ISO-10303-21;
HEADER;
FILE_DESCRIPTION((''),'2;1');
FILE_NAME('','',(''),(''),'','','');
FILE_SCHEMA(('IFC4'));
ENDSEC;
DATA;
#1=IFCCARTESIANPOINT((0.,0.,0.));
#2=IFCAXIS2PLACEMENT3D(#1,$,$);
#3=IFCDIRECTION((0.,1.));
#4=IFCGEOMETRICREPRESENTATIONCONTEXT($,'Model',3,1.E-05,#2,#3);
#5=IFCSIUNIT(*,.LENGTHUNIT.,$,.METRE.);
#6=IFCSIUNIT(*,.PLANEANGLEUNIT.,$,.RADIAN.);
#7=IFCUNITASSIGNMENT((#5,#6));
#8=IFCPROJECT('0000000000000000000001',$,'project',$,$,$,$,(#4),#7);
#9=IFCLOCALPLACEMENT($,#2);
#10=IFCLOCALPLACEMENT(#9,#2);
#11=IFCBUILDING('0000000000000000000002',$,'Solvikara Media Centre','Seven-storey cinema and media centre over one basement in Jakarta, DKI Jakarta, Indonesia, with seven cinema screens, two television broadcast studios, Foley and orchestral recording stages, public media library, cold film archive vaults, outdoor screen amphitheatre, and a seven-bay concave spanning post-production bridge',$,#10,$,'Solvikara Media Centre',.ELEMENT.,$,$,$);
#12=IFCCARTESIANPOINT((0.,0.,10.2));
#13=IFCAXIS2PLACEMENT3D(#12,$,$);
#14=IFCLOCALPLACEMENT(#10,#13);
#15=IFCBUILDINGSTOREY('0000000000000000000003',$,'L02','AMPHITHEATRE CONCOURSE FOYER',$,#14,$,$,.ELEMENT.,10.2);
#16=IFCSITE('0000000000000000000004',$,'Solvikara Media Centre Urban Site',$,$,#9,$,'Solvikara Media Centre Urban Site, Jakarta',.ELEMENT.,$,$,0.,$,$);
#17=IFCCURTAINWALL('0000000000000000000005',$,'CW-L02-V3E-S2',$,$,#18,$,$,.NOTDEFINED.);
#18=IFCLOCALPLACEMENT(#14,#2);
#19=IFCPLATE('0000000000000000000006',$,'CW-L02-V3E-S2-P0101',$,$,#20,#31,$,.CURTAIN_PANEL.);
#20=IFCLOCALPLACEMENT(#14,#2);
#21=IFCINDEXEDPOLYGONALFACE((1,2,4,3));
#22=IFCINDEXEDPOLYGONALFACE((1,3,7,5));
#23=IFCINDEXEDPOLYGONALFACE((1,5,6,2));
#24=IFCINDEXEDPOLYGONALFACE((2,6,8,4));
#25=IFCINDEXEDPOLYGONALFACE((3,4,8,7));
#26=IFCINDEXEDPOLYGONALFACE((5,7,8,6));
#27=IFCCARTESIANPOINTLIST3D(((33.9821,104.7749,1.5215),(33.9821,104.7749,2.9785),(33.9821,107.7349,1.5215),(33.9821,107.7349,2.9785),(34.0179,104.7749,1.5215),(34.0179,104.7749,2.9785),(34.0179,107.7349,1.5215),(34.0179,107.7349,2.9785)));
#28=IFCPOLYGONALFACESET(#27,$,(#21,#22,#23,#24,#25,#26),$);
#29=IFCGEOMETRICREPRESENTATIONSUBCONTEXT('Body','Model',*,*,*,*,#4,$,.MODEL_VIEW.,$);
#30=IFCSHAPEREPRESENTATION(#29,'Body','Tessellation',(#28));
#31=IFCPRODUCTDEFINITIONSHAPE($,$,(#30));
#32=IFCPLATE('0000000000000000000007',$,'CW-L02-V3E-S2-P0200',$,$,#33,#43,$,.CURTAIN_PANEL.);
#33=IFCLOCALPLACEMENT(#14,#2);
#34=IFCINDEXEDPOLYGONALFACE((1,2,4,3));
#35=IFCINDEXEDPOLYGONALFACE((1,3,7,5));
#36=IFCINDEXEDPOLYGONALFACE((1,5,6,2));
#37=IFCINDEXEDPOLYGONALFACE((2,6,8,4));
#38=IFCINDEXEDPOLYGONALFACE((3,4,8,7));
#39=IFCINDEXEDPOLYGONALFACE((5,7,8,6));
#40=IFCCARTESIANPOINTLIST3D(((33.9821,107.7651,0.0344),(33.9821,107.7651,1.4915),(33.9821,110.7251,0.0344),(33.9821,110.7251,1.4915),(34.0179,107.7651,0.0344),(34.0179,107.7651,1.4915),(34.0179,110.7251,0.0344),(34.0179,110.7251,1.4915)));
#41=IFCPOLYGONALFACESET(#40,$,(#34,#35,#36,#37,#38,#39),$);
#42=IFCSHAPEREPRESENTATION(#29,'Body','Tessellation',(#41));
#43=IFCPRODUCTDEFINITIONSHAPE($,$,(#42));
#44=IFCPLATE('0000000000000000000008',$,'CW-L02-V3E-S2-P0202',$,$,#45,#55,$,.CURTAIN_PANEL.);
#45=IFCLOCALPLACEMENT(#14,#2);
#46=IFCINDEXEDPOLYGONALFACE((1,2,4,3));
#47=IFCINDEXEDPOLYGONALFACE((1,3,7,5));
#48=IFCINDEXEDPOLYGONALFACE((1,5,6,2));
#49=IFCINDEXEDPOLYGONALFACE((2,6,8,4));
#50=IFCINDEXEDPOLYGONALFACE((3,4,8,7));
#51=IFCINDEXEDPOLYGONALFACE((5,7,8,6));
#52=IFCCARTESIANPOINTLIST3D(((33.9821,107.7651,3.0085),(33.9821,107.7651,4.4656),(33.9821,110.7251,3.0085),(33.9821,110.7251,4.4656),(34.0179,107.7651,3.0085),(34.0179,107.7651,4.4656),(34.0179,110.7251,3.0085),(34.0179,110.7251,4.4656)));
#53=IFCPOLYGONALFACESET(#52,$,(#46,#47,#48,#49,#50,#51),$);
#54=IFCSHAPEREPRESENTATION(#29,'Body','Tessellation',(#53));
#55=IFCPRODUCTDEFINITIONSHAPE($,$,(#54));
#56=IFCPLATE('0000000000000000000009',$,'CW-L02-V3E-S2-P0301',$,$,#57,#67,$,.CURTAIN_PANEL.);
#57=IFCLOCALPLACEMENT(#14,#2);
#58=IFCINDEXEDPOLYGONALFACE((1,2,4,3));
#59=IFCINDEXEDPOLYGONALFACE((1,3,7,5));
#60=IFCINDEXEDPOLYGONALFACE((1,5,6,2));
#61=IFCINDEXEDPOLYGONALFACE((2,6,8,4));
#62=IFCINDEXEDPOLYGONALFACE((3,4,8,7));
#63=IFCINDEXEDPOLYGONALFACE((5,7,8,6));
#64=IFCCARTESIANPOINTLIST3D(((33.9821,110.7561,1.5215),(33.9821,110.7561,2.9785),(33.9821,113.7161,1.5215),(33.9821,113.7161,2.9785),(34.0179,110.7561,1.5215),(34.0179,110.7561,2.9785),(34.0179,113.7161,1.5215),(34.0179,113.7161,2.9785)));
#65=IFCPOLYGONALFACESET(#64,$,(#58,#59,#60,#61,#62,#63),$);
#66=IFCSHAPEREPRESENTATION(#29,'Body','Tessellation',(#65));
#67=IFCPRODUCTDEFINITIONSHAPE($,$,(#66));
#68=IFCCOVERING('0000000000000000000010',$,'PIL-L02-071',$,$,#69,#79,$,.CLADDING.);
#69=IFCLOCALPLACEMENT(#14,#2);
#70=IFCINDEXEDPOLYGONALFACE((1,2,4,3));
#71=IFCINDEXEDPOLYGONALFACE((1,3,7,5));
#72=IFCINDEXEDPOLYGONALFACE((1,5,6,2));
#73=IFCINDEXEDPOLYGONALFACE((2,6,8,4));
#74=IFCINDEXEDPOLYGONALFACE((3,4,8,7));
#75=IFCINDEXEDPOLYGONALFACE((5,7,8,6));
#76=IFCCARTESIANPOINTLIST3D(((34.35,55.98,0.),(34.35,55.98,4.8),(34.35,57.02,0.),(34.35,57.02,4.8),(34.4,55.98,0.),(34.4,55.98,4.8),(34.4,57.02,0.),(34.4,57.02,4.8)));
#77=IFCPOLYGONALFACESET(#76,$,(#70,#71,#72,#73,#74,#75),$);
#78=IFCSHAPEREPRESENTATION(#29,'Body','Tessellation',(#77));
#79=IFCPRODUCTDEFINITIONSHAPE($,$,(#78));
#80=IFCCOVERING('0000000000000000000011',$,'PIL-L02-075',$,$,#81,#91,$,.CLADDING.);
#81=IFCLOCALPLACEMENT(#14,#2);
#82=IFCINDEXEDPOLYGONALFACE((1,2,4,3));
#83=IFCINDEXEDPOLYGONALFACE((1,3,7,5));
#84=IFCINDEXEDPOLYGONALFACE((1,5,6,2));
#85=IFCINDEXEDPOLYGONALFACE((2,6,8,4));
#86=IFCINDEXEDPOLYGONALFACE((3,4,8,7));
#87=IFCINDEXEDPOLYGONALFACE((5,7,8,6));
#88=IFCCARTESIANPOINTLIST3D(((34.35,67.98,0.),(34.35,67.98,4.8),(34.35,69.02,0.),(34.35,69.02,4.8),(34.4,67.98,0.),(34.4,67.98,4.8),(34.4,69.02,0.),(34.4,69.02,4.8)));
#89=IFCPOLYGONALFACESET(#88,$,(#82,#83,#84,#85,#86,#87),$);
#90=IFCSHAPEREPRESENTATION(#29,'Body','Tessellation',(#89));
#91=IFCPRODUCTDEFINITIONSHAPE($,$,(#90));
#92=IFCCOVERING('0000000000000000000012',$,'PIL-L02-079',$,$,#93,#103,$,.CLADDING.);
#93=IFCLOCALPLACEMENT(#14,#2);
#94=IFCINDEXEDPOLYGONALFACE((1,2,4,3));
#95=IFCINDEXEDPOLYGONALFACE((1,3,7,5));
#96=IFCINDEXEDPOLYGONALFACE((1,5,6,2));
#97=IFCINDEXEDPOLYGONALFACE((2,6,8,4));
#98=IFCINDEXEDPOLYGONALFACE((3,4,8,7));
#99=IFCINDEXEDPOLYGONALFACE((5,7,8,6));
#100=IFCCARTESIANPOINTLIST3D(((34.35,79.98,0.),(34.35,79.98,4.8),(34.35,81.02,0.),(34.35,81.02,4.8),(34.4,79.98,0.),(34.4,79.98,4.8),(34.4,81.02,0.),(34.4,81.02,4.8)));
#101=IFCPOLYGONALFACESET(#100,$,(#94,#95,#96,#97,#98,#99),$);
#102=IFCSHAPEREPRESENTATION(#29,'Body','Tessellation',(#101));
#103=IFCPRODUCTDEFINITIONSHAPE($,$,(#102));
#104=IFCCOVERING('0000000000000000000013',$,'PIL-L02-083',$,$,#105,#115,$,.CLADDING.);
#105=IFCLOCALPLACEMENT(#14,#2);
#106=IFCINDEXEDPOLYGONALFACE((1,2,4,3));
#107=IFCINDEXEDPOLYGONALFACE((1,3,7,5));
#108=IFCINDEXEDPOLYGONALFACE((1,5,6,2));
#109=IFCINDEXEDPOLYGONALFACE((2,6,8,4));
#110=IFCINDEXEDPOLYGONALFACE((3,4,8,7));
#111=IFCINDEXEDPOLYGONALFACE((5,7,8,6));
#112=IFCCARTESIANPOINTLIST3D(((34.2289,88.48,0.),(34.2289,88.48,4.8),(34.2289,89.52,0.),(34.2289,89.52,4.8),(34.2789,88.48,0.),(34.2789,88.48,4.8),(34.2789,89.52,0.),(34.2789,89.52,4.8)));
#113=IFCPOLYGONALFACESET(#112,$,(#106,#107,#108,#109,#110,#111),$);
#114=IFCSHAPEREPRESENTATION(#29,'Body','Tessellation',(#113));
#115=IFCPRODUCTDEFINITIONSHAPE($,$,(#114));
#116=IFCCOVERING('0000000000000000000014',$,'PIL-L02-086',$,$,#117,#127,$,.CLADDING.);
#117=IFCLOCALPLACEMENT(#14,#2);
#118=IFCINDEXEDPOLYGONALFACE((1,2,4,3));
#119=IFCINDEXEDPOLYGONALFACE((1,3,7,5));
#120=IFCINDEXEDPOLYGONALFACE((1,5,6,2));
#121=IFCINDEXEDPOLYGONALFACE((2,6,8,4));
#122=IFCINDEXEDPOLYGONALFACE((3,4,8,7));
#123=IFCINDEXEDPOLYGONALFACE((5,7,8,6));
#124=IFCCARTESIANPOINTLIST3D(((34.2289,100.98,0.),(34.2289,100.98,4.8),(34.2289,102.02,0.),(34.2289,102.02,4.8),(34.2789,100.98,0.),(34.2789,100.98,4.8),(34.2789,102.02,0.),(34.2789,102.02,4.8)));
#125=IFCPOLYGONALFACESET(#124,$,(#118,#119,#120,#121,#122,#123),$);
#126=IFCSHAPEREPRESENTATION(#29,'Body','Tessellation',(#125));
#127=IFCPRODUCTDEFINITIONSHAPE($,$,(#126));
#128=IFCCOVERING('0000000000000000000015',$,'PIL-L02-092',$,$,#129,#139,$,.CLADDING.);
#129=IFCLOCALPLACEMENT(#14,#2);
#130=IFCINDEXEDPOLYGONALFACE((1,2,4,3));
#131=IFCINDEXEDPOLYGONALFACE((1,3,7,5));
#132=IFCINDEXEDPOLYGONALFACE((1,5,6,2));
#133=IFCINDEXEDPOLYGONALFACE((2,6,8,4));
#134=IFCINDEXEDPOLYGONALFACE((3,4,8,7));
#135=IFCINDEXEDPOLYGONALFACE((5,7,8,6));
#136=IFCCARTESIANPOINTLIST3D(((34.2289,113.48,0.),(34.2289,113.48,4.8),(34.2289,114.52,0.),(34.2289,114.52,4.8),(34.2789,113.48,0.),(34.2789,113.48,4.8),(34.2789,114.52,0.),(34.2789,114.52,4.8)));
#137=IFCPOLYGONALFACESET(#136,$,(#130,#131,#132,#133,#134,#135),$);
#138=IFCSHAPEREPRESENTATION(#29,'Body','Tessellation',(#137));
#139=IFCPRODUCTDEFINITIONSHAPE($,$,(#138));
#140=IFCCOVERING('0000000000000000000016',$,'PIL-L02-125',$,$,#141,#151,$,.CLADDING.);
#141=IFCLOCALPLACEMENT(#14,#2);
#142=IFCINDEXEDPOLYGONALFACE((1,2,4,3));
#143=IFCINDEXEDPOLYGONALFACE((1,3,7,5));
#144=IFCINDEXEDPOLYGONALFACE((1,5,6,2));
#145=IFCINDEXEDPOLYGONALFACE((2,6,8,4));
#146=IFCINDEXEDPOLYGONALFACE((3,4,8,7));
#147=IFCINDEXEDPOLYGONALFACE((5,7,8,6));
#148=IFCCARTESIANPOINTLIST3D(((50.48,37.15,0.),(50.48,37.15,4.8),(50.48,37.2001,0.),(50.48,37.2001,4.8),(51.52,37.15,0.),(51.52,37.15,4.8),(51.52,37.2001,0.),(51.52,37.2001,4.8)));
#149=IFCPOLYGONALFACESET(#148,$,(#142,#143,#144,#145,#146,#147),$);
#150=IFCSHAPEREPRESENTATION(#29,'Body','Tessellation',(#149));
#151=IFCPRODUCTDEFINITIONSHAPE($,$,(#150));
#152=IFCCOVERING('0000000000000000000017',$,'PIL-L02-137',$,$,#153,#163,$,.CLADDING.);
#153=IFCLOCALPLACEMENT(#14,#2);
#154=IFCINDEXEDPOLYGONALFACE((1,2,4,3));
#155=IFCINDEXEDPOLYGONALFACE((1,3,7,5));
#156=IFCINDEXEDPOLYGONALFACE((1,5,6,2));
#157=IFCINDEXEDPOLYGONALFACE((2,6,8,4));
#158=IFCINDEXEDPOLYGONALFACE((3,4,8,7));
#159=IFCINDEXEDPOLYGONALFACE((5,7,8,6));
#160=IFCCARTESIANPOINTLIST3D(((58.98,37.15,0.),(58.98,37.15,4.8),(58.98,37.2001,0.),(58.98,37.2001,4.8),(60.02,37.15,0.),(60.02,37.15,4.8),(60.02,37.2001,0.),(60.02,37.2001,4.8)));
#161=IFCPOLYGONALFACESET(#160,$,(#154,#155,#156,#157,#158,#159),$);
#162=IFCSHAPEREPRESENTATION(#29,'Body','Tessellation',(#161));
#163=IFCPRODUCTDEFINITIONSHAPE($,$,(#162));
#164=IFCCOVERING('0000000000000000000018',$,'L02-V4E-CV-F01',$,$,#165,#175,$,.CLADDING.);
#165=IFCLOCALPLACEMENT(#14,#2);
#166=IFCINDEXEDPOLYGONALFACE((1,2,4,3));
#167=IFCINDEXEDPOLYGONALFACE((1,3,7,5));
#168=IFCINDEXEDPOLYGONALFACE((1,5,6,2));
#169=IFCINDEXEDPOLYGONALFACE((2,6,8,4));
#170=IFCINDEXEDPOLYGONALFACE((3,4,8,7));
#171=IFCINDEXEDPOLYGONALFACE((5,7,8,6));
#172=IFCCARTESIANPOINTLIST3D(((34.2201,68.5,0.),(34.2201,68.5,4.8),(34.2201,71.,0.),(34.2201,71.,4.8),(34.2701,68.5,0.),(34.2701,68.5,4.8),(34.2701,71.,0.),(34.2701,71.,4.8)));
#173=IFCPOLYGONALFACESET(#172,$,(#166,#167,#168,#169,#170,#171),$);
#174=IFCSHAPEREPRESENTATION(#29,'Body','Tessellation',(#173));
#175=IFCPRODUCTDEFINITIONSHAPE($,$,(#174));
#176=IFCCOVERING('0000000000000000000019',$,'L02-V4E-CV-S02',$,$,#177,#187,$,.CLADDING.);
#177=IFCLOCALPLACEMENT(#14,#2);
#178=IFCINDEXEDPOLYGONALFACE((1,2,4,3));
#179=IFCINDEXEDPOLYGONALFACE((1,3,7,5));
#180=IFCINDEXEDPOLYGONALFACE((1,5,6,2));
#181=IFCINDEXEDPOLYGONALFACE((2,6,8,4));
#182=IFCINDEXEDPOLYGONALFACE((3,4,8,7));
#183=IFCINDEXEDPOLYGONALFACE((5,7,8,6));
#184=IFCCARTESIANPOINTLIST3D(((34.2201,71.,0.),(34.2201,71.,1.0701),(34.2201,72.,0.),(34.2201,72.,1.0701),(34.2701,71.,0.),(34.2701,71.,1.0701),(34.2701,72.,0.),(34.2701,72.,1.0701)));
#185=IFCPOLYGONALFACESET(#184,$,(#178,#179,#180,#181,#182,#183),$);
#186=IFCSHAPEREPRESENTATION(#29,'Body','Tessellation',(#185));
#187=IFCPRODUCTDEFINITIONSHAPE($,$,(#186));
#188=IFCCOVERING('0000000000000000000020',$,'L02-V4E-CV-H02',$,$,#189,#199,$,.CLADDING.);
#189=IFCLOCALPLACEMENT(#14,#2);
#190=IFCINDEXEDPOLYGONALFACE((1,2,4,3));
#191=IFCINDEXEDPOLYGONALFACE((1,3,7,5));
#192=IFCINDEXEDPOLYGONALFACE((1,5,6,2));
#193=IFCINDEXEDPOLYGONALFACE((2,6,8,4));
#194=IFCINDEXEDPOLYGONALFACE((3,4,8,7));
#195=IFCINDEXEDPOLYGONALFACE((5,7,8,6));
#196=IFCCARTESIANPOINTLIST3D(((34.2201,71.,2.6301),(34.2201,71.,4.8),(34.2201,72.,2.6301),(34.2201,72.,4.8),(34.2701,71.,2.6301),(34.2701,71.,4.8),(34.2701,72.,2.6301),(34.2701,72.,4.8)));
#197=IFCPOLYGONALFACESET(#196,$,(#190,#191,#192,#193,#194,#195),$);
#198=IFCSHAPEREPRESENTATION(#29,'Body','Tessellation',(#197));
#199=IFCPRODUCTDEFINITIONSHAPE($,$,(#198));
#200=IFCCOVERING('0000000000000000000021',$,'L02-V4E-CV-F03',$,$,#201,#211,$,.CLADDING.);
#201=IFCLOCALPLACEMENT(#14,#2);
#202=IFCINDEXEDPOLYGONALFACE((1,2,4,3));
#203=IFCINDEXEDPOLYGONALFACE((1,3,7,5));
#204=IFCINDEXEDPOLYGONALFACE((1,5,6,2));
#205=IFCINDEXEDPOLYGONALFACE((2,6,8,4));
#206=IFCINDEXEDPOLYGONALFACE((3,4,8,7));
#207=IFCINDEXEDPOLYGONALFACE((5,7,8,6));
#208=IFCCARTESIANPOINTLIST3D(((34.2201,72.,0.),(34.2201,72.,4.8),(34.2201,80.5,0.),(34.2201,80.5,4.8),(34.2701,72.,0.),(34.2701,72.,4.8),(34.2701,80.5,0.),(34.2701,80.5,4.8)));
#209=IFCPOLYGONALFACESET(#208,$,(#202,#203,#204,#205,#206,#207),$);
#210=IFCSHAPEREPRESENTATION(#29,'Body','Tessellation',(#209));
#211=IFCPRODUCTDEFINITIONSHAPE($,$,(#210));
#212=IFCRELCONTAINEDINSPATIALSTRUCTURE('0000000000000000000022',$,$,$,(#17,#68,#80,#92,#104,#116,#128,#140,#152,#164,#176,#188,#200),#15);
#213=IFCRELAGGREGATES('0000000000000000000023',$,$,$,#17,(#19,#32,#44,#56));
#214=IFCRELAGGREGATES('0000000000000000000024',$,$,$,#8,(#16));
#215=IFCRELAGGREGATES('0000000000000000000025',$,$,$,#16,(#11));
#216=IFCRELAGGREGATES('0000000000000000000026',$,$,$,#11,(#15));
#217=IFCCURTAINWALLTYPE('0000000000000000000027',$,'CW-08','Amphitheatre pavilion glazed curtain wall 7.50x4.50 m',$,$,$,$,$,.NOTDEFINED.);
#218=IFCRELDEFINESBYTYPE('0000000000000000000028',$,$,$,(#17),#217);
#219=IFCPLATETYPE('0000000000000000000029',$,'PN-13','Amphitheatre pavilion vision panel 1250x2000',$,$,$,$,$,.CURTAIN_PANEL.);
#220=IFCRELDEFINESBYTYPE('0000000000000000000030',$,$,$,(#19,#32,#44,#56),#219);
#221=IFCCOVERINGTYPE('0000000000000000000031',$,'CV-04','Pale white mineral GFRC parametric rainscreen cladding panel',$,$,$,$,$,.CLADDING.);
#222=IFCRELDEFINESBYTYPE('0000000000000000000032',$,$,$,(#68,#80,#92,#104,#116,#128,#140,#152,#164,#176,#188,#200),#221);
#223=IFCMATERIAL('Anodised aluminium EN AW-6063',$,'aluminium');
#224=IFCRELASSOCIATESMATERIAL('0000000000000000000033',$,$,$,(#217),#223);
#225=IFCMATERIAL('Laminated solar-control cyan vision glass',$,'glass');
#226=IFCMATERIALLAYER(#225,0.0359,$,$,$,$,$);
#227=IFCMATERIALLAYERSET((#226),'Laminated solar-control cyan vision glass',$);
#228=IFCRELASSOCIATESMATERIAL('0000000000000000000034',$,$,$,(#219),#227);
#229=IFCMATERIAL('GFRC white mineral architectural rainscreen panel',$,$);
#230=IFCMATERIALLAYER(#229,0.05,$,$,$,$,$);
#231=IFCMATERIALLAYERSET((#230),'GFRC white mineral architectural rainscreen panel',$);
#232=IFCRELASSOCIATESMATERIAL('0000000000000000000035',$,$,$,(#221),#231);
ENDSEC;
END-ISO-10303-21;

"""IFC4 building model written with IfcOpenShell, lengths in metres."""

from ifc_helpers import new_model, si_unit, direction, frame, origin, origin_2d, place, context, subcontext, project, spatial, rectangle, extrude, material, layer, layer_set, type_object, element, aggregate, save


model = new_model("IFC4")

# Units and contexts
model_context = context("Model", 3, precision=1e-05, world=origin(), true_north=direction((0.0, 1.0)))
body_context = subcontext(model_context, "Body", "Model", "MODEL_VIEW")
ifc_project = project(units=[si_unit("LENGTHUNIT", "METRE"), si_unit("PLANEANGLEUNIT", "RADIAN")], contexts=[model_context])

# Site, building, storey
site_placement = place(None, origin())
site = spatial("IfcSite", under=ifc_project, at=site_placement, Name="Solvikara Media Centre Urban Site", LongName="Solvikara Media Centre Urban Site, Jakarta", CompositionType="ELEMENT", RefElevation=0.0)
building_placement = place(site_placement, origin())
building = spatial("IfcBuilding", under=site, at=building_placement, Name="Solvikara Media Centre", Description="Seven-storey cinema and media centre over one basement in Jakarta, DKI Jakarta, Indonesia, with seven cinema screens, two television broadcast studios, Foley and orchestral recording stages, public media library, cold film archive vaults, outdoor screen amphitheatre, and a seven-bay concave spanning post-production bridge", LongName="Solvikara Media Centre", CompositionType="ELEMENT")
storey_placement = place(building_placement, frame((0.0, 0.0, 10.2)))
storey = spatial("IfcBuildingStorey", under=building, at=storey_placement, Name="L02", Description="AMPHITHEATRE CONCOURSE FOYER", CompositionType="ELEMENT", Elevation=10.2)

# Curtain wall, plates
ifc_material_1 = material(Name="Anodised aluminium EN AW-6063", Category="aluminium")
curtain_wall_type = type_object("IfcCurtainWallType", Name="CW-08", Description="Amphitheatre pavilion glazed curtain wall 7.50x4.50 m", PredefinedType="NOTDEFINED", material=ifc_material_1)
curtain_wall_placement = place(storey_placement, origin())
curtain_wall = element("IfcCurtainWall", 1, at=curtain_wall_placement, inside=storey, type_object=curtain_wall_type, Name="CW-L02-V3E-S2", PredefinedType="NOTDEFINED")
ifc_material_2 = material(Name="Laminated solar-control cyan vision glass", Category="glass")
ifc_layer_1 = layer(ifc_material_2, 0.0359)
ifc_layer_set_1 = layer_set([ifc_layer_1], Name="Laminated solar-control cyan vision glass")
plate_type_1 = type_object("IfcPlateType", Name="PN-13", Description="Amphitheatre pavilion vision panel 1250x2000", PredefinedType="CURTAIN_PANEL", material=ifc_layer_set_1)
plate_1_placement = place(storey_placement, frame((34.0, 106.2549, 1.5215), z_axis=(0.0, 0.0, 1.0), x_axis=(0.0, 1.0, 0.0)))
plate_1 = element("IfcPlate", 2, at=plate_1_placement, type_object=plate_type_1, Name="CW-L02-V3E-S2-P0101", PredefinedType="CURTAIN_PANEL", context=body_context, shape_type="SweptSolid", body=[
    extrude(rectangle(XDim=2.96, YDim=0.0359, at=origin_2d()), origin(), (0.0, 0.0, 1.0), 1.457),
])
plate_2_placement = place(storey_placement, frame((34.0, 109.2451, 0.0344), z_axis=(0.0, 0.0, 1.0), x_axis=(0.0, 1.0, 0.0)))
plate_2 = element("IfcPlate", 3, at=plate_2_placement, type_object=plate_type_1, Name="CW-L02-V3E-S2-P0200", PredefinedType="CURTAIN_PANEL", context=body_context, shape_type="SweptSolid", body=[
    extrude(rectangle(XDim=2.96, YDim=0.0359, at=origin_2d()), origin(), (0.0, 0.0, 1.0), 1.457),
])
plate_3_placement = place(storey_placement, frame((34.0, 109.2451, 3.0085), z_axis=(0.0, 0.0, 1.0), x_axis=(0.0, 1.0, 0.0)))
plate_3 = element("IfcPlate", 4, at=plate_3_placement, type_object=plate_type_1, Name="CW-L02-V3E-S2-P0202", PredefinedType="CURTAIN_PANEL", context=body_context, shape_type="SweptSolid", body=[
    extrude(rectangle(XDim=2.96, YDim=0.0359, at=origin_2d()), origin(), (0.0, 0.0, 1.0), 1.457),
])
plate_4_placement = place(storey_placement, frame((34.0, 112.2361, 1.5215), z_axis=(0.0, 0.0, 1.0), x_axis=(0.0, 1.0, 0.0)))
plate_4 = element("IfcPlate", 5, at=plate_4_placement, type_object=plate_type_1, Name="CW-L02-V3E-S2-P0301", PredefinedType="CURTAIN_PANEL", context=body_context, shape_type="SweptSolid", body=[
    extrude(rectangle(XDim=2.96, YDim=0.0359, at=origin_2d()), origin(), (0.0, 0.0, 1.0), 1.457),
])
aggregate(curtain_wall, [plate_1, plate_2, plate_3, plate_4])

# Coverings
ifc_material_3 = material(Name="GFRC white mineral architectural rainscreen panel")
ifc_layer_2 = layer(ifc_material_3, 0.05)
ifc_layer_set_2 = layer_set([ifc_layer_2], Name="GFRC white mineral architectural rainscreen panel")
covering_type = type_object("IfcCoveringType", Name="CV-04", Description="Pale white mineral GFRC parametric rainscreen cladding panel", PredefinedType="CLADDING", material=ifc_layer_set_2)
for number, where, z_axis, x_axis, name in (
    (6, (34.375, 56.5, 0.0), (0.0, 0.0, 1.0), (0.0, 1.0, 0.0), "PIL-L02-071"),
    (7, (34.375, 68.5, 0.0), (0.0, 0.0, 1.0), (0.0, 1.0, 0.0), "PIL-L02-075"),
    (8, (34.375, 80.5, 0.0), (0.0, 0.0, 1.0), (0.0, 1.0, 0.0), "PIL-L02-079"),
    (9, (34.2539, 89.0, 0.0), (0.0, 0.0, 1.0), (0.0, 1.0, 0.0), "PIL-L02-083"),
    (10, (34.2539, 101.5, 0.0), (0.0, 0.0, 1.0), (0.0, 1.0, 0.0), "PIL-L02-086"),
    (11, (34.2539, 114.0, 0.0), (0.0, 0.0, 1.0), (0.0, 1.0, 0.0), "PIL-L02-092"),
    (12, (51.0, 37.175, 0.0), (0.0, 0.0, 1.0), (-1.0, 0.0, 0.0), "PIL-L02-125"),
    (13, (59.5, 37.175, 0.0), (0.0, 0.0, 1.0), (-1.0, 0.0, 0.0), "PIL-L02-137"),
):
    element("IfcCovering", number, at=place(storey_placement, frame(where, z_axis=z_axis, x_axis=x_axis)), inside=storey, type_object=covering_type, Name=name, PredefinedType="CLADDING", context=body_context, shape_type="SweptSolid", body=[
        extrude(rectangle(XDim=1.04, YDim=0.05, at=origin_2d()), origin(), (0.0, 0.0, 1.0), 4.8),
    ])
covering_1_placement = place(storey_placement, frame((34.2451, 69.75, 0.0), z_axis=(0.0, 0.0, 1.0), x_axis=(0.0, 1.0, 0.0)))
element("IfcCovering", 14, at=covering_1_placement, inside=storey, type_object=covering_type, Name="L02-V4E-CV-F01", PredefinedType="CLADDING", context=body_context, shape_type="SweptSolid", body=[
    extrude(rectangle(XDim=2.5, YDim=0.05, at=origin_2d()), origin(), (0.0, 0.0, 1.0), 4.8),
])
covering_2_placement = place(storey_placement, frame((34.2451, 71.5, 0.0), z_axis=(0.0, 0.0, 1.0), x_axis=(0.0, 1.0, 0.0)))
element("IfcCovering", 15, at=covering_2_placement, inside=storey, type_object=covering_type, Name="L02-V4E-CV-S02", PredefinedType="CLADDING", context=body_context, shape_type="SweptSolid", body=[
    extrude(rectangle(XDim=1.0, YDim=0.05, at=origin_2d()), origin(), (0.0, 0.0, 1.0), 1.0701),
])
covering_3_placement = place(storey_placement, frame((34.2451, 71.5, 2.6301), z_axis=(0.0, 0.0, 1.0), x_axis=(0.0, 1.0, 0.0)))
element("IfcCovering", 16, at=covering_3_placement, inside=storey, type_object=covering_type, Name="L02-V4E-CV-H02", PredefinedType="CLADDING", context=body_context, shape_type="SweptSolid", body=[
    extrude(rectangle(XDim=1.0, YDim=0.05, at=origin_2d()), origin(), (0.0, 0.0, 1.0), 2.1699),
])
covering_4_placement = place(storey_placement, frame((34.2451, 76.25, 0.0), z_axis=(0.0, 0.0, 1.0), x_axis=(0.0, 1.0, 0.0)))
element("IfcCovering", 17, at=covering_4_placement, inside=storey, type_object=covering_type, Name="L02-V4E-CV-F03", PredefinedType="CLADDING", context=body_context, shape_type="SweptSolid", body=[
    extrude(rectangle(XDim=8.5, YDim=0.05, at=origin_2d()), origin(), (0.0, 0.0, 1.0), 4.8),
])

save(model, "model.ifc")
